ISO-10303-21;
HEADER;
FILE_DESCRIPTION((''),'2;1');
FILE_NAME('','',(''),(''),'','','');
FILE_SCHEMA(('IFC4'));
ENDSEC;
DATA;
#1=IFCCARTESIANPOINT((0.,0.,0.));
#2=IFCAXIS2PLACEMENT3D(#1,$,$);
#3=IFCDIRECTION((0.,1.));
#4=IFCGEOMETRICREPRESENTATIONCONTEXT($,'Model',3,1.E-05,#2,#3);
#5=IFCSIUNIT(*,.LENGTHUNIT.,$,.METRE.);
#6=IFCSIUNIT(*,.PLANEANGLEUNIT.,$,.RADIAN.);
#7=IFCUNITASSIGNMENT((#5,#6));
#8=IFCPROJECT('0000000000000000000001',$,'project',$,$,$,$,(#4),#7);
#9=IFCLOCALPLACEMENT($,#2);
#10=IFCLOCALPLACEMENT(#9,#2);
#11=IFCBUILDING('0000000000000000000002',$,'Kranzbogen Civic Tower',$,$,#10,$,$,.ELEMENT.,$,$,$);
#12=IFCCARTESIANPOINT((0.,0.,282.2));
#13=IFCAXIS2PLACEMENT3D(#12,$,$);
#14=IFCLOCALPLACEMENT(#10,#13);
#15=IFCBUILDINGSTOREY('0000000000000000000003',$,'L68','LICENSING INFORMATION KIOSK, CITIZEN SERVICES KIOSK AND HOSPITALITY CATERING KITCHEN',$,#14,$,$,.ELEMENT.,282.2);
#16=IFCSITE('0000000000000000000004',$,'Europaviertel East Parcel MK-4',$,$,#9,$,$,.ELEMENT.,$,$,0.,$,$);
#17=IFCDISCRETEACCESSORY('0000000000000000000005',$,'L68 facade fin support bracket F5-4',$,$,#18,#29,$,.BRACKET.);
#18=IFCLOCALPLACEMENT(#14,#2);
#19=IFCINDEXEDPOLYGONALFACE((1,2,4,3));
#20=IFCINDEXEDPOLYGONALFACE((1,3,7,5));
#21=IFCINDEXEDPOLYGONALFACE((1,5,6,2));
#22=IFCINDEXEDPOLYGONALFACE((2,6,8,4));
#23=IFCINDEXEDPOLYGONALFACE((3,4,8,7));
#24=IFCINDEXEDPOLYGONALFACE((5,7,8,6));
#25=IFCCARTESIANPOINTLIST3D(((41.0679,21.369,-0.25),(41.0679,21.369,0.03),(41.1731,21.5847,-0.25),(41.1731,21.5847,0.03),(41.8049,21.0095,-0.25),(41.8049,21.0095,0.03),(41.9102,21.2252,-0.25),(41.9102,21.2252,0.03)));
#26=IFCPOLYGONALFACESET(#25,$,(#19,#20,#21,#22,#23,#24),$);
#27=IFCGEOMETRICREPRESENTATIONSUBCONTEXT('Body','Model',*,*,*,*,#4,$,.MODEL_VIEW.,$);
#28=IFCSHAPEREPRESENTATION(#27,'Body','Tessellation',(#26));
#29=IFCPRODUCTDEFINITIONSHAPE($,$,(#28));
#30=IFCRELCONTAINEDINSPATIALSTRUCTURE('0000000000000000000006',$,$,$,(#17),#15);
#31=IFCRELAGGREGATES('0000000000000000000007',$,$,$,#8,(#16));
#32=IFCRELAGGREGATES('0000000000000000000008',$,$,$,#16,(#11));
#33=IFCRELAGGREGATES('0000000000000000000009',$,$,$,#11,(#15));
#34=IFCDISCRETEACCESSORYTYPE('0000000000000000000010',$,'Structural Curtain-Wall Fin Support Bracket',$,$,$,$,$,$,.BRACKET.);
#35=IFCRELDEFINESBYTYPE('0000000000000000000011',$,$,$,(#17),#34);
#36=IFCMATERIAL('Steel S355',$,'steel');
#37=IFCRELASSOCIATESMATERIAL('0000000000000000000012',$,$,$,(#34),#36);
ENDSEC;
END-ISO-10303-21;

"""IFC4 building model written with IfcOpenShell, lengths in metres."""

from ifc_helpers import new_model, si_unit, direction, frame, origin, origin_2d, place, context, subcontext, project, spatial, rectangle, extrude, material, type_object, element, save


model = new_model("IFC4")

# Units and contexts
model_context = context("Model", 3, precision=1e-05, world=origin(), true_north=direction((0.0, 1.0)))
body_context = subcontext(model_context, "Body", "Model", "MODEL_VIEW")
ifc_project = project(units=[si_unit("LENGTHUNIT", "METRE"), si_unit("PLANEANGLEUNIT", "RADIAN")], contexts=[model_context])

# Site, building, storey
site_placement = place(None, origin())
site = spatial("IfcSite", under=ifc_project, at=site_placement, Name="Europaviertel East Parcel MK-4", CompositionType="ELEMENT", RefElevation=0.0)
building_placement = place(site_placement, origin())
building = spatial("IfcBuilding", under=site, at=building_placement, Name="Kranzbogen Civic Tower", CompositionType="ELEMENT")
storey_placement = place(building_placement, frame((0.0, 0.0, 282.2)))
storey = spatial("IfcBuildingStorey", under=building, at=storey_placement, Name="L68", Description="LICENSING INFORMATION KIOSK, CITIZEN SERVICES KIOSK AND HOSPITALITY CATERING KITCHEN", CompositionType="ELEMENT", Elevation=282.2)

# Shared definitions
ifc_material_1 = material(Name="Steel S355", Category="steel")

# Discrete accessory
discrete_accessory_type = type_object("IfcDiscreteAccessoryType", Name="Structural Curtain-Wall Fin Support Bracket", PredefinedType="BRACKET", material=ifc_material_1)
for number, where, z_axis, x_axis, name in (
    (1, (41.489, 21.2971, -0.25), (0.0, 0.0, 1.0), (0.898794, -0.438371, 0.0), "L68 facade fin support bracket F5-4"),
):
    element("IfcDiscreteAccessory", number, at=place(storey_placement, frame(where, z_axis=z_axis, x_axis=x_axis)), inside=storey, type_object=discrete_accessory_type, Name=name, PredefinedType="BRACKET", context=body_context, shape_type="SweptSolid", body=[
        extrude(rectangle(XDim=0.8201, YDim=0.24, at=origin_2d()), origin(), (0.0, 0.0, 1.0), 0.28),
    ])

save(model, "model.ifc")
